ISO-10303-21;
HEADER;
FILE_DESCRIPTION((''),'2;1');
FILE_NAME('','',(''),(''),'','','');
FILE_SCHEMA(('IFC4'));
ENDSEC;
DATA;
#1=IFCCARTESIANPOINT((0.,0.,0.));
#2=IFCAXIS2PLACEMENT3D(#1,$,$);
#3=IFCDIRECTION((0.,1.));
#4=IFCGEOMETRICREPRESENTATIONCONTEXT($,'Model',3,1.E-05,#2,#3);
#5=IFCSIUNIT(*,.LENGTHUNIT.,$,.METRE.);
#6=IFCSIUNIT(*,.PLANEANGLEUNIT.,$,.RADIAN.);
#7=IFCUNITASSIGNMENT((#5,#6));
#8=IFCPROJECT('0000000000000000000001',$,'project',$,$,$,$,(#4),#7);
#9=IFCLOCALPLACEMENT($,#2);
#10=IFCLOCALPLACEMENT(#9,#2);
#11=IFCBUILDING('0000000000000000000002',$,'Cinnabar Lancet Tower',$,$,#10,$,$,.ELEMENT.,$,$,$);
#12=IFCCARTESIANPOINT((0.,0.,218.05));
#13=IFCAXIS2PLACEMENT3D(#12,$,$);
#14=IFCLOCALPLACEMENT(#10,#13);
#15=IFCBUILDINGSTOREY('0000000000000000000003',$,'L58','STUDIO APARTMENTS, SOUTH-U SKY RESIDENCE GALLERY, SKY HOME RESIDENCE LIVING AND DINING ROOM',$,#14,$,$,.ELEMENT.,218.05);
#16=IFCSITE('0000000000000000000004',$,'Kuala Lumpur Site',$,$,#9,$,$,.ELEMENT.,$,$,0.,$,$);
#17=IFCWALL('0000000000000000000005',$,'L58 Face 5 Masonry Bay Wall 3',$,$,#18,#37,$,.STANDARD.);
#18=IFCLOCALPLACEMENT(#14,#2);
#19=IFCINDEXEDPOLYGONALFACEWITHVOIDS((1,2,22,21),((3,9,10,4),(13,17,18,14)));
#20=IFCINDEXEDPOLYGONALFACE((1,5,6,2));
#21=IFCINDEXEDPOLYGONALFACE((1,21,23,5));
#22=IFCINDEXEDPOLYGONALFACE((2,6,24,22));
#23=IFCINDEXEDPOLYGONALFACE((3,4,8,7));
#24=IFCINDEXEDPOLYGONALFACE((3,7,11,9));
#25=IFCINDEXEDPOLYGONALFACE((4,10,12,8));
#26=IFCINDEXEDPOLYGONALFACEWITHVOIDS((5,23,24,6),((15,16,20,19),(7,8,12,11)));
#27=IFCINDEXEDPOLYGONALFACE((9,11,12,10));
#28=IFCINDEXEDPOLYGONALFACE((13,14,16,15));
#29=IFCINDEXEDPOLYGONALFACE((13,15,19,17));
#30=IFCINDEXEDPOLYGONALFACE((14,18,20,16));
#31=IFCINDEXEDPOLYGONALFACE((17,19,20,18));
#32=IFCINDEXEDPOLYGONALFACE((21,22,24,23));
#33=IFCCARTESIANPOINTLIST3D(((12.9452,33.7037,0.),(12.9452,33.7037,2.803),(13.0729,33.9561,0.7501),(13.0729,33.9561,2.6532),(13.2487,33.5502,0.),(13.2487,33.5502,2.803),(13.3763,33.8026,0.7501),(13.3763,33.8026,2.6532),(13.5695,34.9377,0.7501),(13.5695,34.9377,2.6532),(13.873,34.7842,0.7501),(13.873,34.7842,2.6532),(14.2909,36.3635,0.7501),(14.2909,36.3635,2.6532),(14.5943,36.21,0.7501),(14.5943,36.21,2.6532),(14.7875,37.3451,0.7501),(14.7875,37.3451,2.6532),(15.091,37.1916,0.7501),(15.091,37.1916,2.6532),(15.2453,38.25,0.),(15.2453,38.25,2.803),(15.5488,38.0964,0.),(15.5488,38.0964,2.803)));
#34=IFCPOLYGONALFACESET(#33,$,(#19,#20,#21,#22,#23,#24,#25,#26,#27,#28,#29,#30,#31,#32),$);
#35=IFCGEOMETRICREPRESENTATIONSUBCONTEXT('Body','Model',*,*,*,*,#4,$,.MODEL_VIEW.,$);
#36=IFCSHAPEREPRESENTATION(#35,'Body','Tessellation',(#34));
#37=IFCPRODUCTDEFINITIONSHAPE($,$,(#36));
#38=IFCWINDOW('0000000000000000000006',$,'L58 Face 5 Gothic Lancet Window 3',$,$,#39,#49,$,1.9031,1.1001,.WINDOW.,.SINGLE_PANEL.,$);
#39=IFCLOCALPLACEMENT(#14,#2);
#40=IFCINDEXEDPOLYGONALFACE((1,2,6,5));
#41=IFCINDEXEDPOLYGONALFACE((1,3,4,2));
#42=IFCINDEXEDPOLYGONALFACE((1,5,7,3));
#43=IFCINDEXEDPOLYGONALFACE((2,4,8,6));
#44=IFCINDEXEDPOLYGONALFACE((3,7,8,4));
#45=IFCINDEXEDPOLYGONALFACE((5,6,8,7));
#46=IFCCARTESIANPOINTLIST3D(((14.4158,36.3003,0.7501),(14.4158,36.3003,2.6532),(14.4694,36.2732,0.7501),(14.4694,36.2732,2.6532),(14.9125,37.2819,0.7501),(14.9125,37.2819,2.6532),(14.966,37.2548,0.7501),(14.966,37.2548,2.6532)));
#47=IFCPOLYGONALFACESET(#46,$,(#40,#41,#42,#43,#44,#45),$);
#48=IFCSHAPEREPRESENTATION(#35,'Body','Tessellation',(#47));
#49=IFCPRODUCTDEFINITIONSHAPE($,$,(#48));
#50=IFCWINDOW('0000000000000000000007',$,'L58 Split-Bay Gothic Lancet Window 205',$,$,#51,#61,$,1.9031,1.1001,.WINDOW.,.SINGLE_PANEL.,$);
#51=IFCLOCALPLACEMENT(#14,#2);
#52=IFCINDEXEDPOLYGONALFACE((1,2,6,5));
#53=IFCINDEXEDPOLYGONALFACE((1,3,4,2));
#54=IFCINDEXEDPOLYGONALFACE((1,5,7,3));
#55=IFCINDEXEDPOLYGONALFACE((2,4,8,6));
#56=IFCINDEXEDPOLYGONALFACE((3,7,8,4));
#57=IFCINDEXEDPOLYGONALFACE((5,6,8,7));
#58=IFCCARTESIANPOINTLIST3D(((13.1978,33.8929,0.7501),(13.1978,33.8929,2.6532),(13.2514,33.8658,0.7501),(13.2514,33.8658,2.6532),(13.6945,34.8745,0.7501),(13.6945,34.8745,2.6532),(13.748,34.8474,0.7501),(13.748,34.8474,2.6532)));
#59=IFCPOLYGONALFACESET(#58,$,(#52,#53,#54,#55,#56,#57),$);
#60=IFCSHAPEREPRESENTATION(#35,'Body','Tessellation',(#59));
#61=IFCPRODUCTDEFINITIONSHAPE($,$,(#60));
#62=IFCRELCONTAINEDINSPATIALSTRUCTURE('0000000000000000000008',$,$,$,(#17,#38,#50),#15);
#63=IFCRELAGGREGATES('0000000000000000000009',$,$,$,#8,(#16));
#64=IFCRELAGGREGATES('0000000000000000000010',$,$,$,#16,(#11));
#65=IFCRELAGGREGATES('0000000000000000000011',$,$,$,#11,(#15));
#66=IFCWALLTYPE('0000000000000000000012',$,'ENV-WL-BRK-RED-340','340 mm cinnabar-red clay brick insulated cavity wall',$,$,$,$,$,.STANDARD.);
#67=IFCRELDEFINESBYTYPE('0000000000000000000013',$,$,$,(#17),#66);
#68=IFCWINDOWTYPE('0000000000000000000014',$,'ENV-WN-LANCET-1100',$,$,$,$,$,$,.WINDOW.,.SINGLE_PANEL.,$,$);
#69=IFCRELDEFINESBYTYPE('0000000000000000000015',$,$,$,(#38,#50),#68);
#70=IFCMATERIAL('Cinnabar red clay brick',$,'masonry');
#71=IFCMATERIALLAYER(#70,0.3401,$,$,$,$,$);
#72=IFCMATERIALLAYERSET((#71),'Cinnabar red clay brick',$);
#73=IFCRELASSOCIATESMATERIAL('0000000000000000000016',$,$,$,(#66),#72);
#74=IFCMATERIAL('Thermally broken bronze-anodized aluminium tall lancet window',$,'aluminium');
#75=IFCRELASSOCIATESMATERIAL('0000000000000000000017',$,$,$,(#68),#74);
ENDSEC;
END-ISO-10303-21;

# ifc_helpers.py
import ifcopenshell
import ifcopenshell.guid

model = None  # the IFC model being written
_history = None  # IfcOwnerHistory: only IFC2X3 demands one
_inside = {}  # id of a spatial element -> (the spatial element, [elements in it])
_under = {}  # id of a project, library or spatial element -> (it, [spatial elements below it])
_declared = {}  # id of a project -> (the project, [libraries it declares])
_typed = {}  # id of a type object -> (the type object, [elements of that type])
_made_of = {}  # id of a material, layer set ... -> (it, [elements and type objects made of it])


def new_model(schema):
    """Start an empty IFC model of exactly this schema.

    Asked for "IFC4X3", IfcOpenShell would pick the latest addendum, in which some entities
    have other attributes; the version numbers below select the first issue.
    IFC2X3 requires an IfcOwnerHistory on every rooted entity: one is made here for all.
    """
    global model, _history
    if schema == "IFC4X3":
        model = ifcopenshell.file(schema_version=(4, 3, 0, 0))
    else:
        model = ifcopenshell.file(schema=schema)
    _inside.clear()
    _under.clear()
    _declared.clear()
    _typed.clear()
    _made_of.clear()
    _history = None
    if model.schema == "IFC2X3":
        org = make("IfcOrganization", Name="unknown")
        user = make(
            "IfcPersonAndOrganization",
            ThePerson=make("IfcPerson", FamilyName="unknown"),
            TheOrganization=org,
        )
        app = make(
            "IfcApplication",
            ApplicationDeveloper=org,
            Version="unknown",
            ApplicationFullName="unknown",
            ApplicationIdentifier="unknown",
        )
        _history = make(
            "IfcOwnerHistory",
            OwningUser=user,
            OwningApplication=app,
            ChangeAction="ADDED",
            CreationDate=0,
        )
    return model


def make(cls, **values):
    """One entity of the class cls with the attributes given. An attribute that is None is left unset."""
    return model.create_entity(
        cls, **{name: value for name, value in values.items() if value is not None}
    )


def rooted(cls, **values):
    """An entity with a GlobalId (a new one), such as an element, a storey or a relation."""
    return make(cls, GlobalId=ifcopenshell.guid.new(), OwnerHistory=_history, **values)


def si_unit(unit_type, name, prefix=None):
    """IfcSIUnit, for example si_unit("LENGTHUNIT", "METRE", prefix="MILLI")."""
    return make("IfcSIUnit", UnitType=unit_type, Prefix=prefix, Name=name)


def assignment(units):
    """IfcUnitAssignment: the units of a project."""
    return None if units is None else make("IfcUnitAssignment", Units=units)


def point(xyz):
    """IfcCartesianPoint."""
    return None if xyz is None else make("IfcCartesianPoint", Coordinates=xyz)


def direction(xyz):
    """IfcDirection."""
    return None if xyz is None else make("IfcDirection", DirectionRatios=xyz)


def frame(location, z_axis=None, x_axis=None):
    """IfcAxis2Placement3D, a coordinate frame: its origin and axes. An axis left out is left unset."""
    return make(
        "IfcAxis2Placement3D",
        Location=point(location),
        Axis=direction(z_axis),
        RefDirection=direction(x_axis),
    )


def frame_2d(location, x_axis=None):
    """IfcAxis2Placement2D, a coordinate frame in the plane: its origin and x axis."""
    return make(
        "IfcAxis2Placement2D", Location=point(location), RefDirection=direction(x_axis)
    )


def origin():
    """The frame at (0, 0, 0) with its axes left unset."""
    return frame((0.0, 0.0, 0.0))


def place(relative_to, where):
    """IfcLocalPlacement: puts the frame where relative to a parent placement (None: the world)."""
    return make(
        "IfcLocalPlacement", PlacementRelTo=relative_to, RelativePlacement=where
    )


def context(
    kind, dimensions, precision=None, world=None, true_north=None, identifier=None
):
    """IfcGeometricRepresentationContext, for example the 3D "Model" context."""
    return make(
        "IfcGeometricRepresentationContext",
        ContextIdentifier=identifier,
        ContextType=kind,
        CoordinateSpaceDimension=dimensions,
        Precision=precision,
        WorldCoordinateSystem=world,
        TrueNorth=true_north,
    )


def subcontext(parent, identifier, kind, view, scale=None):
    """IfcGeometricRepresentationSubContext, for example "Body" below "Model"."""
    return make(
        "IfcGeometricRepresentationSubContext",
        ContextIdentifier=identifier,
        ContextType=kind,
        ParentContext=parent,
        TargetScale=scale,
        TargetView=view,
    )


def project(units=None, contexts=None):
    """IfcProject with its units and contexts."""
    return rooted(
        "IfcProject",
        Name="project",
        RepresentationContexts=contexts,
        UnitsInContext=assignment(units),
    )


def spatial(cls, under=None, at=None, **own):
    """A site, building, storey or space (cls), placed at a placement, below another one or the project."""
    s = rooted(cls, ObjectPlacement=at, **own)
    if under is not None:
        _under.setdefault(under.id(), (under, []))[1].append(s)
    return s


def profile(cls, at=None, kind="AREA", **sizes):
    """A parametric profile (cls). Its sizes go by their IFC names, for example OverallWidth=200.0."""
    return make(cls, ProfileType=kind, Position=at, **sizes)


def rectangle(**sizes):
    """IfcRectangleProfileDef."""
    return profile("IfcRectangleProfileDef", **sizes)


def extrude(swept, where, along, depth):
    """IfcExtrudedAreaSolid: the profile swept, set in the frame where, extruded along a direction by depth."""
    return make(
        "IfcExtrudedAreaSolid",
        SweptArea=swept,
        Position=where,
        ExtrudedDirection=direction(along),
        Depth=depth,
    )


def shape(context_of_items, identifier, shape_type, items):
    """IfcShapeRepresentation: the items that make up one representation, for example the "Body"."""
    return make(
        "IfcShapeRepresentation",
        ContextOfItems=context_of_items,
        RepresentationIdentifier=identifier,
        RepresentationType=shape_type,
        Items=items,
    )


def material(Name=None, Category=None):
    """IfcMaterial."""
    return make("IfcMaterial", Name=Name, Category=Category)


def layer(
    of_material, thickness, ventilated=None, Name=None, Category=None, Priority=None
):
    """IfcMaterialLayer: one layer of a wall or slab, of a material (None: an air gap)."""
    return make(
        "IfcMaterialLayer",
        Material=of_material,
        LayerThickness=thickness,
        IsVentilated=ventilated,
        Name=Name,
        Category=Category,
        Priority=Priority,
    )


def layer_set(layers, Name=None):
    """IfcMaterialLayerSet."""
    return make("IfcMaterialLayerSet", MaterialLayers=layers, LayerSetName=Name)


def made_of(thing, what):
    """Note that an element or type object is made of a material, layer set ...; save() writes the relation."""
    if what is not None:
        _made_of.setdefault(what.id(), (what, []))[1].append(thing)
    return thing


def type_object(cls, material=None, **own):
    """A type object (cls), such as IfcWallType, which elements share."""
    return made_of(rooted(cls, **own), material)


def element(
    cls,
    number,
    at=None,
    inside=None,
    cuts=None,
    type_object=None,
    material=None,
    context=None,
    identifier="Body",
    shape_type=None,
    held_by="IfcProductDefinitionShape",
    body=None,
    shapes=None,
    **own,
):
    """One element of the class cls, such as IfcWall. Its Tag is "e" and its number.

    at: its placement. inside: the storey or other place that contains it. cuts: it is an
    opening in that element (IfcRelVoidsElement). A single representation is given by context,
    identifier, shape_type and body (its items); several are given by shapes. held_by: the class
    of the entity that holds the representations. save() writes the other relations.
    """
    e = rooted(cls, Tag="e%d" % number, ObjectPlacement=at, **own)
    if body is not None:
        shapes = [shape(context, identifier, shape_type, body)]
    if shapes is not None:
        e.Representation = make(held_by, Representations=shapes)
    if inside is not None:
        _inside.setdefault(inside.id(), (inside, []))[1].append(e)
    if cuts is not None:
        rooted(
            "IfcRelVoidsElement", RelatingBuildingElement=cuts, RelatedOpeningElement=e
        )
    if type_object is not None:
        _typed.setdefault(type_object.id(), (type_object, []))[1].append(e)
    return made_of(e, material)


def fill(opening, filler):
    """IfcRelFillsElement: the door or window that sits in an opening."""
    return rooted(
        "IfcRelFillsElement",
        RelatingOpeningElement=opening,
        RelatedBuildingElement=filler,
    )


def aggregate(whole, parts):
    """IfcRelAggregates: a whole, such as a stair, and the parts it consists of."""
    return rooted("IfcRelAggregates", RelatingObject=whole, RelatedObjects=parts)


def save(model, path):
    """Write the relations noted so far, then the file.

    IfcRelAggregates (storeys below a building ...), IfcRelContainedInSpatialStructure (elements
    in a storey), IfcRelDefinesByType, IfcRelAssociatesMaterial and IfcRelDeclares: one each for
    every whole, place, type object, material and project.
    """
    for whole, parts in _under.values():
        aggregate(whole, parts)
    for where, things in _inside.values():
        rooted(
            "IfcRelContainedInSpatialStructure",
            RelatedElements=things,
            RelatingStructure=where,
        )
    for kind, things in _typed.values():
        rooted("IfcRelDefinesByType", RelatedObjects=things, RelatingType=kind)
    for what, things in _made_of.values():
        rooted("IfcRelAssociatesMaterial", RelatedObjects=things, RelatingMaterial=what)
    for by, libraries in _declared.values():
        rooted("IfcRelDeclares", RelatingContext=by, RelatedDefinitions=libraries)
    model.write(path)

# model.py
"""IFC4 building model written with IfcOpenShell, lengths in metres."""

from ifc_helpers import new_model, si_unit, direction, frame, frame_2d, origin, place, context, subcontext, project, spatial, rectangle, extrude, material, layer, layer_set, type_object, element, fill, save


model = new_model("IFC4")

# Units and contexts
model_context = context("Model", 3, precision=1e-05, world=origin(), true_north=direction((0.0, 1.0)))
body_context = subcontext(model_context, "Body", "Model", "MODEL_VIEW")
ifc_project = project(units=[si_unit("LENGTHUNIT", "METRE"), si_unit("PLANEANGLEUNIT", "RADIAN")], contexts=[model_context])

# Site, building, storey
site_placement = place(None, origin())
site = spatial("IfcSite", under=ifc_project, at=site_placement, Name="Kuala Lumpur Site", CompositionType="ELEMENT", RefElevation=0.0)
building_placement = place(site_placement, origin())
building = spatial("IfcBuilding", under=site, at=building_placement, Name="Cinnabar Lancet Tower", CompositionType="ELEMENT")
storey_placement = place(building_placement, frame((0.0, 0.0, 218.05)))
storey = spatial("IfcBuildingStorey", under=building, at=storey_placement, Name="L58", Description="STUDIO APARTMENTS, SOUTH-U SKY RESIDENCE GALLERY, SKY HOME RESIDENCE LIVING AND DINING ROOM", CompositionType="ELEMENT", Elevation=218.05)

# Shared definitions
ifc_material_1 = material(Name="Cinnabar red clay brick", Category="masonry")
ifc_layer_1 = layer(ifc_material_1, 0.3401)
ifc_layer_set_1 = layer_set([ifc_layer_1], Name="Cinnabar red clay brick")
wall_type_1 = type_object("IfcWallType", Name="ENV-WL-BRK-RED-340", Description="340 mm cinnabar-red clay brick insulated cavity wall", PredefinedType="STANDARD", material=ifc_layer_set_1)

# Shared definitions
ifc_material_2 = material(Name="Thermally broken bronze-anodized aluminium tall lancet window", Category="aluminium")
window_type = type_object("IfcWindowType", Name="ENV-WN-LANCET-1100", PartitioningType="SINGLE_PANEL", PredefinedType="WINDOW", material=ifc_material_2)

# Wall, openings, windows
wall_1_placement = place(storey_placement, frame((15.397, 38.1731, 0.0), z_axis=(0.0, 0.0, 1.0), x_axis=(-0.451445, -0.892299, 0.0)))
wall_1 = element("IfcWall", 1, at=wall_1_placement, inside=storey, type_object=wall_type_1, Name="L58 Face 5 Masonry Bay Wall 3", PredefinedType="STANDARD", context=body_context, shape_type="SweptSolid", body=[
    extrude(rectangle(XDim=5.095, YDim=0.3401, at=frame_2d((2.5474, 0.0))), origin(), (0.0, 0.0, 1.0), 2.803),
])
opening_1_placement = place(wall_1_placement, frame((1.0139, 0.0, 0.75)))
opening_1 = element("IfcOpeningElement", 2, at=opening_1_placement, cuts=wall_1, PredefinedType="OPENING", context=body_context, shape_type="SweptSolid", body=[
    extrude(rectangle(XDim=1.1001, YDim=1.9031, at=frame_2d((0.55, 0.9517))), frame((0.0, 0.1799, 0.0), z_axis=(0.0, -1.0, 0.0), x_axis=(1.0, 0.0, 0.0)), (0.0, 0.0, 1.0), 0.3601),
])
opening_2_placement = place(wall_1_placement, frame((3.7119, 0.0, 0.75)))
opening_2 = element("IfcOpeningElement", 3, at=opening_2_placement, cuts=wall_1, PredefinedType="OPENING", context=body_context, shape_type="SweptSolid", body=[
    extrude(rectangle(XDim=1.1001, YDim=1.9031, at=frame_2d((0.55, 0.9517))), frame((0.0, 0.1799, 0.0), z_axis=(0.0, -1.0, 0.0), x_axis=(1.0, 0.0, 0.0)), (0.0, 0.0, 1.0), 0.3601),
])
window_1_placement = place(opening_1_placement, origin())
window_1 = element("IfcWindow", 4, at=window_1_placement, inside=storey, type_object=window_type, Name="L58 Face 5 Gothic Lancet Window 3", OverallHeight=1.9031, OverallWidth=1.1001, PartitioningType="SINGLE_PANEL", PredefinedType="WINDOW", context=body_context, shape_type="SweptSolid", body=[
    extrude(rectangle(XDim=1.1001, YDim=1.9031, at=frame_2d((0.55, 0.9517))), frame((0.0, 0.03, 0.0), z_axis=(0.0, -1.0, 0.0), x_axis=(1.0, 0.0, 0.0)), (0.0, 0.0, 1.0), 0.0601),
])
fill(opening_1, window_1)
window_2_placement = place(opening_2_placement, origin())
window_2 = element("IfcWindow", 5, at=window_2_placement, inside=storey, type_object=window_type, Name="L58 Split-Bay Gothic Lancet Window 205", OverallHeight=1.9031, OverallWidth=1.1001, PartitioningType="SINGLE_PANEL", PredefinedType="WINDOW", context=body_context, shape_type="SweptSolid", body=[
    extrude(rectangle(XDim=1.1001, YDim=1.9031, at=frame_2d((0.55, 0.9517))), frame((0.0, 0.03, 0.0), z_axis=(0.0, -1.0, 0.0), x_axis=(1.0, 0.0, 0.0)), (0.0, 0.0, 1.0), 0.0601),
])
fill(opening_2, window_2)

save(model, "model.ifc")
